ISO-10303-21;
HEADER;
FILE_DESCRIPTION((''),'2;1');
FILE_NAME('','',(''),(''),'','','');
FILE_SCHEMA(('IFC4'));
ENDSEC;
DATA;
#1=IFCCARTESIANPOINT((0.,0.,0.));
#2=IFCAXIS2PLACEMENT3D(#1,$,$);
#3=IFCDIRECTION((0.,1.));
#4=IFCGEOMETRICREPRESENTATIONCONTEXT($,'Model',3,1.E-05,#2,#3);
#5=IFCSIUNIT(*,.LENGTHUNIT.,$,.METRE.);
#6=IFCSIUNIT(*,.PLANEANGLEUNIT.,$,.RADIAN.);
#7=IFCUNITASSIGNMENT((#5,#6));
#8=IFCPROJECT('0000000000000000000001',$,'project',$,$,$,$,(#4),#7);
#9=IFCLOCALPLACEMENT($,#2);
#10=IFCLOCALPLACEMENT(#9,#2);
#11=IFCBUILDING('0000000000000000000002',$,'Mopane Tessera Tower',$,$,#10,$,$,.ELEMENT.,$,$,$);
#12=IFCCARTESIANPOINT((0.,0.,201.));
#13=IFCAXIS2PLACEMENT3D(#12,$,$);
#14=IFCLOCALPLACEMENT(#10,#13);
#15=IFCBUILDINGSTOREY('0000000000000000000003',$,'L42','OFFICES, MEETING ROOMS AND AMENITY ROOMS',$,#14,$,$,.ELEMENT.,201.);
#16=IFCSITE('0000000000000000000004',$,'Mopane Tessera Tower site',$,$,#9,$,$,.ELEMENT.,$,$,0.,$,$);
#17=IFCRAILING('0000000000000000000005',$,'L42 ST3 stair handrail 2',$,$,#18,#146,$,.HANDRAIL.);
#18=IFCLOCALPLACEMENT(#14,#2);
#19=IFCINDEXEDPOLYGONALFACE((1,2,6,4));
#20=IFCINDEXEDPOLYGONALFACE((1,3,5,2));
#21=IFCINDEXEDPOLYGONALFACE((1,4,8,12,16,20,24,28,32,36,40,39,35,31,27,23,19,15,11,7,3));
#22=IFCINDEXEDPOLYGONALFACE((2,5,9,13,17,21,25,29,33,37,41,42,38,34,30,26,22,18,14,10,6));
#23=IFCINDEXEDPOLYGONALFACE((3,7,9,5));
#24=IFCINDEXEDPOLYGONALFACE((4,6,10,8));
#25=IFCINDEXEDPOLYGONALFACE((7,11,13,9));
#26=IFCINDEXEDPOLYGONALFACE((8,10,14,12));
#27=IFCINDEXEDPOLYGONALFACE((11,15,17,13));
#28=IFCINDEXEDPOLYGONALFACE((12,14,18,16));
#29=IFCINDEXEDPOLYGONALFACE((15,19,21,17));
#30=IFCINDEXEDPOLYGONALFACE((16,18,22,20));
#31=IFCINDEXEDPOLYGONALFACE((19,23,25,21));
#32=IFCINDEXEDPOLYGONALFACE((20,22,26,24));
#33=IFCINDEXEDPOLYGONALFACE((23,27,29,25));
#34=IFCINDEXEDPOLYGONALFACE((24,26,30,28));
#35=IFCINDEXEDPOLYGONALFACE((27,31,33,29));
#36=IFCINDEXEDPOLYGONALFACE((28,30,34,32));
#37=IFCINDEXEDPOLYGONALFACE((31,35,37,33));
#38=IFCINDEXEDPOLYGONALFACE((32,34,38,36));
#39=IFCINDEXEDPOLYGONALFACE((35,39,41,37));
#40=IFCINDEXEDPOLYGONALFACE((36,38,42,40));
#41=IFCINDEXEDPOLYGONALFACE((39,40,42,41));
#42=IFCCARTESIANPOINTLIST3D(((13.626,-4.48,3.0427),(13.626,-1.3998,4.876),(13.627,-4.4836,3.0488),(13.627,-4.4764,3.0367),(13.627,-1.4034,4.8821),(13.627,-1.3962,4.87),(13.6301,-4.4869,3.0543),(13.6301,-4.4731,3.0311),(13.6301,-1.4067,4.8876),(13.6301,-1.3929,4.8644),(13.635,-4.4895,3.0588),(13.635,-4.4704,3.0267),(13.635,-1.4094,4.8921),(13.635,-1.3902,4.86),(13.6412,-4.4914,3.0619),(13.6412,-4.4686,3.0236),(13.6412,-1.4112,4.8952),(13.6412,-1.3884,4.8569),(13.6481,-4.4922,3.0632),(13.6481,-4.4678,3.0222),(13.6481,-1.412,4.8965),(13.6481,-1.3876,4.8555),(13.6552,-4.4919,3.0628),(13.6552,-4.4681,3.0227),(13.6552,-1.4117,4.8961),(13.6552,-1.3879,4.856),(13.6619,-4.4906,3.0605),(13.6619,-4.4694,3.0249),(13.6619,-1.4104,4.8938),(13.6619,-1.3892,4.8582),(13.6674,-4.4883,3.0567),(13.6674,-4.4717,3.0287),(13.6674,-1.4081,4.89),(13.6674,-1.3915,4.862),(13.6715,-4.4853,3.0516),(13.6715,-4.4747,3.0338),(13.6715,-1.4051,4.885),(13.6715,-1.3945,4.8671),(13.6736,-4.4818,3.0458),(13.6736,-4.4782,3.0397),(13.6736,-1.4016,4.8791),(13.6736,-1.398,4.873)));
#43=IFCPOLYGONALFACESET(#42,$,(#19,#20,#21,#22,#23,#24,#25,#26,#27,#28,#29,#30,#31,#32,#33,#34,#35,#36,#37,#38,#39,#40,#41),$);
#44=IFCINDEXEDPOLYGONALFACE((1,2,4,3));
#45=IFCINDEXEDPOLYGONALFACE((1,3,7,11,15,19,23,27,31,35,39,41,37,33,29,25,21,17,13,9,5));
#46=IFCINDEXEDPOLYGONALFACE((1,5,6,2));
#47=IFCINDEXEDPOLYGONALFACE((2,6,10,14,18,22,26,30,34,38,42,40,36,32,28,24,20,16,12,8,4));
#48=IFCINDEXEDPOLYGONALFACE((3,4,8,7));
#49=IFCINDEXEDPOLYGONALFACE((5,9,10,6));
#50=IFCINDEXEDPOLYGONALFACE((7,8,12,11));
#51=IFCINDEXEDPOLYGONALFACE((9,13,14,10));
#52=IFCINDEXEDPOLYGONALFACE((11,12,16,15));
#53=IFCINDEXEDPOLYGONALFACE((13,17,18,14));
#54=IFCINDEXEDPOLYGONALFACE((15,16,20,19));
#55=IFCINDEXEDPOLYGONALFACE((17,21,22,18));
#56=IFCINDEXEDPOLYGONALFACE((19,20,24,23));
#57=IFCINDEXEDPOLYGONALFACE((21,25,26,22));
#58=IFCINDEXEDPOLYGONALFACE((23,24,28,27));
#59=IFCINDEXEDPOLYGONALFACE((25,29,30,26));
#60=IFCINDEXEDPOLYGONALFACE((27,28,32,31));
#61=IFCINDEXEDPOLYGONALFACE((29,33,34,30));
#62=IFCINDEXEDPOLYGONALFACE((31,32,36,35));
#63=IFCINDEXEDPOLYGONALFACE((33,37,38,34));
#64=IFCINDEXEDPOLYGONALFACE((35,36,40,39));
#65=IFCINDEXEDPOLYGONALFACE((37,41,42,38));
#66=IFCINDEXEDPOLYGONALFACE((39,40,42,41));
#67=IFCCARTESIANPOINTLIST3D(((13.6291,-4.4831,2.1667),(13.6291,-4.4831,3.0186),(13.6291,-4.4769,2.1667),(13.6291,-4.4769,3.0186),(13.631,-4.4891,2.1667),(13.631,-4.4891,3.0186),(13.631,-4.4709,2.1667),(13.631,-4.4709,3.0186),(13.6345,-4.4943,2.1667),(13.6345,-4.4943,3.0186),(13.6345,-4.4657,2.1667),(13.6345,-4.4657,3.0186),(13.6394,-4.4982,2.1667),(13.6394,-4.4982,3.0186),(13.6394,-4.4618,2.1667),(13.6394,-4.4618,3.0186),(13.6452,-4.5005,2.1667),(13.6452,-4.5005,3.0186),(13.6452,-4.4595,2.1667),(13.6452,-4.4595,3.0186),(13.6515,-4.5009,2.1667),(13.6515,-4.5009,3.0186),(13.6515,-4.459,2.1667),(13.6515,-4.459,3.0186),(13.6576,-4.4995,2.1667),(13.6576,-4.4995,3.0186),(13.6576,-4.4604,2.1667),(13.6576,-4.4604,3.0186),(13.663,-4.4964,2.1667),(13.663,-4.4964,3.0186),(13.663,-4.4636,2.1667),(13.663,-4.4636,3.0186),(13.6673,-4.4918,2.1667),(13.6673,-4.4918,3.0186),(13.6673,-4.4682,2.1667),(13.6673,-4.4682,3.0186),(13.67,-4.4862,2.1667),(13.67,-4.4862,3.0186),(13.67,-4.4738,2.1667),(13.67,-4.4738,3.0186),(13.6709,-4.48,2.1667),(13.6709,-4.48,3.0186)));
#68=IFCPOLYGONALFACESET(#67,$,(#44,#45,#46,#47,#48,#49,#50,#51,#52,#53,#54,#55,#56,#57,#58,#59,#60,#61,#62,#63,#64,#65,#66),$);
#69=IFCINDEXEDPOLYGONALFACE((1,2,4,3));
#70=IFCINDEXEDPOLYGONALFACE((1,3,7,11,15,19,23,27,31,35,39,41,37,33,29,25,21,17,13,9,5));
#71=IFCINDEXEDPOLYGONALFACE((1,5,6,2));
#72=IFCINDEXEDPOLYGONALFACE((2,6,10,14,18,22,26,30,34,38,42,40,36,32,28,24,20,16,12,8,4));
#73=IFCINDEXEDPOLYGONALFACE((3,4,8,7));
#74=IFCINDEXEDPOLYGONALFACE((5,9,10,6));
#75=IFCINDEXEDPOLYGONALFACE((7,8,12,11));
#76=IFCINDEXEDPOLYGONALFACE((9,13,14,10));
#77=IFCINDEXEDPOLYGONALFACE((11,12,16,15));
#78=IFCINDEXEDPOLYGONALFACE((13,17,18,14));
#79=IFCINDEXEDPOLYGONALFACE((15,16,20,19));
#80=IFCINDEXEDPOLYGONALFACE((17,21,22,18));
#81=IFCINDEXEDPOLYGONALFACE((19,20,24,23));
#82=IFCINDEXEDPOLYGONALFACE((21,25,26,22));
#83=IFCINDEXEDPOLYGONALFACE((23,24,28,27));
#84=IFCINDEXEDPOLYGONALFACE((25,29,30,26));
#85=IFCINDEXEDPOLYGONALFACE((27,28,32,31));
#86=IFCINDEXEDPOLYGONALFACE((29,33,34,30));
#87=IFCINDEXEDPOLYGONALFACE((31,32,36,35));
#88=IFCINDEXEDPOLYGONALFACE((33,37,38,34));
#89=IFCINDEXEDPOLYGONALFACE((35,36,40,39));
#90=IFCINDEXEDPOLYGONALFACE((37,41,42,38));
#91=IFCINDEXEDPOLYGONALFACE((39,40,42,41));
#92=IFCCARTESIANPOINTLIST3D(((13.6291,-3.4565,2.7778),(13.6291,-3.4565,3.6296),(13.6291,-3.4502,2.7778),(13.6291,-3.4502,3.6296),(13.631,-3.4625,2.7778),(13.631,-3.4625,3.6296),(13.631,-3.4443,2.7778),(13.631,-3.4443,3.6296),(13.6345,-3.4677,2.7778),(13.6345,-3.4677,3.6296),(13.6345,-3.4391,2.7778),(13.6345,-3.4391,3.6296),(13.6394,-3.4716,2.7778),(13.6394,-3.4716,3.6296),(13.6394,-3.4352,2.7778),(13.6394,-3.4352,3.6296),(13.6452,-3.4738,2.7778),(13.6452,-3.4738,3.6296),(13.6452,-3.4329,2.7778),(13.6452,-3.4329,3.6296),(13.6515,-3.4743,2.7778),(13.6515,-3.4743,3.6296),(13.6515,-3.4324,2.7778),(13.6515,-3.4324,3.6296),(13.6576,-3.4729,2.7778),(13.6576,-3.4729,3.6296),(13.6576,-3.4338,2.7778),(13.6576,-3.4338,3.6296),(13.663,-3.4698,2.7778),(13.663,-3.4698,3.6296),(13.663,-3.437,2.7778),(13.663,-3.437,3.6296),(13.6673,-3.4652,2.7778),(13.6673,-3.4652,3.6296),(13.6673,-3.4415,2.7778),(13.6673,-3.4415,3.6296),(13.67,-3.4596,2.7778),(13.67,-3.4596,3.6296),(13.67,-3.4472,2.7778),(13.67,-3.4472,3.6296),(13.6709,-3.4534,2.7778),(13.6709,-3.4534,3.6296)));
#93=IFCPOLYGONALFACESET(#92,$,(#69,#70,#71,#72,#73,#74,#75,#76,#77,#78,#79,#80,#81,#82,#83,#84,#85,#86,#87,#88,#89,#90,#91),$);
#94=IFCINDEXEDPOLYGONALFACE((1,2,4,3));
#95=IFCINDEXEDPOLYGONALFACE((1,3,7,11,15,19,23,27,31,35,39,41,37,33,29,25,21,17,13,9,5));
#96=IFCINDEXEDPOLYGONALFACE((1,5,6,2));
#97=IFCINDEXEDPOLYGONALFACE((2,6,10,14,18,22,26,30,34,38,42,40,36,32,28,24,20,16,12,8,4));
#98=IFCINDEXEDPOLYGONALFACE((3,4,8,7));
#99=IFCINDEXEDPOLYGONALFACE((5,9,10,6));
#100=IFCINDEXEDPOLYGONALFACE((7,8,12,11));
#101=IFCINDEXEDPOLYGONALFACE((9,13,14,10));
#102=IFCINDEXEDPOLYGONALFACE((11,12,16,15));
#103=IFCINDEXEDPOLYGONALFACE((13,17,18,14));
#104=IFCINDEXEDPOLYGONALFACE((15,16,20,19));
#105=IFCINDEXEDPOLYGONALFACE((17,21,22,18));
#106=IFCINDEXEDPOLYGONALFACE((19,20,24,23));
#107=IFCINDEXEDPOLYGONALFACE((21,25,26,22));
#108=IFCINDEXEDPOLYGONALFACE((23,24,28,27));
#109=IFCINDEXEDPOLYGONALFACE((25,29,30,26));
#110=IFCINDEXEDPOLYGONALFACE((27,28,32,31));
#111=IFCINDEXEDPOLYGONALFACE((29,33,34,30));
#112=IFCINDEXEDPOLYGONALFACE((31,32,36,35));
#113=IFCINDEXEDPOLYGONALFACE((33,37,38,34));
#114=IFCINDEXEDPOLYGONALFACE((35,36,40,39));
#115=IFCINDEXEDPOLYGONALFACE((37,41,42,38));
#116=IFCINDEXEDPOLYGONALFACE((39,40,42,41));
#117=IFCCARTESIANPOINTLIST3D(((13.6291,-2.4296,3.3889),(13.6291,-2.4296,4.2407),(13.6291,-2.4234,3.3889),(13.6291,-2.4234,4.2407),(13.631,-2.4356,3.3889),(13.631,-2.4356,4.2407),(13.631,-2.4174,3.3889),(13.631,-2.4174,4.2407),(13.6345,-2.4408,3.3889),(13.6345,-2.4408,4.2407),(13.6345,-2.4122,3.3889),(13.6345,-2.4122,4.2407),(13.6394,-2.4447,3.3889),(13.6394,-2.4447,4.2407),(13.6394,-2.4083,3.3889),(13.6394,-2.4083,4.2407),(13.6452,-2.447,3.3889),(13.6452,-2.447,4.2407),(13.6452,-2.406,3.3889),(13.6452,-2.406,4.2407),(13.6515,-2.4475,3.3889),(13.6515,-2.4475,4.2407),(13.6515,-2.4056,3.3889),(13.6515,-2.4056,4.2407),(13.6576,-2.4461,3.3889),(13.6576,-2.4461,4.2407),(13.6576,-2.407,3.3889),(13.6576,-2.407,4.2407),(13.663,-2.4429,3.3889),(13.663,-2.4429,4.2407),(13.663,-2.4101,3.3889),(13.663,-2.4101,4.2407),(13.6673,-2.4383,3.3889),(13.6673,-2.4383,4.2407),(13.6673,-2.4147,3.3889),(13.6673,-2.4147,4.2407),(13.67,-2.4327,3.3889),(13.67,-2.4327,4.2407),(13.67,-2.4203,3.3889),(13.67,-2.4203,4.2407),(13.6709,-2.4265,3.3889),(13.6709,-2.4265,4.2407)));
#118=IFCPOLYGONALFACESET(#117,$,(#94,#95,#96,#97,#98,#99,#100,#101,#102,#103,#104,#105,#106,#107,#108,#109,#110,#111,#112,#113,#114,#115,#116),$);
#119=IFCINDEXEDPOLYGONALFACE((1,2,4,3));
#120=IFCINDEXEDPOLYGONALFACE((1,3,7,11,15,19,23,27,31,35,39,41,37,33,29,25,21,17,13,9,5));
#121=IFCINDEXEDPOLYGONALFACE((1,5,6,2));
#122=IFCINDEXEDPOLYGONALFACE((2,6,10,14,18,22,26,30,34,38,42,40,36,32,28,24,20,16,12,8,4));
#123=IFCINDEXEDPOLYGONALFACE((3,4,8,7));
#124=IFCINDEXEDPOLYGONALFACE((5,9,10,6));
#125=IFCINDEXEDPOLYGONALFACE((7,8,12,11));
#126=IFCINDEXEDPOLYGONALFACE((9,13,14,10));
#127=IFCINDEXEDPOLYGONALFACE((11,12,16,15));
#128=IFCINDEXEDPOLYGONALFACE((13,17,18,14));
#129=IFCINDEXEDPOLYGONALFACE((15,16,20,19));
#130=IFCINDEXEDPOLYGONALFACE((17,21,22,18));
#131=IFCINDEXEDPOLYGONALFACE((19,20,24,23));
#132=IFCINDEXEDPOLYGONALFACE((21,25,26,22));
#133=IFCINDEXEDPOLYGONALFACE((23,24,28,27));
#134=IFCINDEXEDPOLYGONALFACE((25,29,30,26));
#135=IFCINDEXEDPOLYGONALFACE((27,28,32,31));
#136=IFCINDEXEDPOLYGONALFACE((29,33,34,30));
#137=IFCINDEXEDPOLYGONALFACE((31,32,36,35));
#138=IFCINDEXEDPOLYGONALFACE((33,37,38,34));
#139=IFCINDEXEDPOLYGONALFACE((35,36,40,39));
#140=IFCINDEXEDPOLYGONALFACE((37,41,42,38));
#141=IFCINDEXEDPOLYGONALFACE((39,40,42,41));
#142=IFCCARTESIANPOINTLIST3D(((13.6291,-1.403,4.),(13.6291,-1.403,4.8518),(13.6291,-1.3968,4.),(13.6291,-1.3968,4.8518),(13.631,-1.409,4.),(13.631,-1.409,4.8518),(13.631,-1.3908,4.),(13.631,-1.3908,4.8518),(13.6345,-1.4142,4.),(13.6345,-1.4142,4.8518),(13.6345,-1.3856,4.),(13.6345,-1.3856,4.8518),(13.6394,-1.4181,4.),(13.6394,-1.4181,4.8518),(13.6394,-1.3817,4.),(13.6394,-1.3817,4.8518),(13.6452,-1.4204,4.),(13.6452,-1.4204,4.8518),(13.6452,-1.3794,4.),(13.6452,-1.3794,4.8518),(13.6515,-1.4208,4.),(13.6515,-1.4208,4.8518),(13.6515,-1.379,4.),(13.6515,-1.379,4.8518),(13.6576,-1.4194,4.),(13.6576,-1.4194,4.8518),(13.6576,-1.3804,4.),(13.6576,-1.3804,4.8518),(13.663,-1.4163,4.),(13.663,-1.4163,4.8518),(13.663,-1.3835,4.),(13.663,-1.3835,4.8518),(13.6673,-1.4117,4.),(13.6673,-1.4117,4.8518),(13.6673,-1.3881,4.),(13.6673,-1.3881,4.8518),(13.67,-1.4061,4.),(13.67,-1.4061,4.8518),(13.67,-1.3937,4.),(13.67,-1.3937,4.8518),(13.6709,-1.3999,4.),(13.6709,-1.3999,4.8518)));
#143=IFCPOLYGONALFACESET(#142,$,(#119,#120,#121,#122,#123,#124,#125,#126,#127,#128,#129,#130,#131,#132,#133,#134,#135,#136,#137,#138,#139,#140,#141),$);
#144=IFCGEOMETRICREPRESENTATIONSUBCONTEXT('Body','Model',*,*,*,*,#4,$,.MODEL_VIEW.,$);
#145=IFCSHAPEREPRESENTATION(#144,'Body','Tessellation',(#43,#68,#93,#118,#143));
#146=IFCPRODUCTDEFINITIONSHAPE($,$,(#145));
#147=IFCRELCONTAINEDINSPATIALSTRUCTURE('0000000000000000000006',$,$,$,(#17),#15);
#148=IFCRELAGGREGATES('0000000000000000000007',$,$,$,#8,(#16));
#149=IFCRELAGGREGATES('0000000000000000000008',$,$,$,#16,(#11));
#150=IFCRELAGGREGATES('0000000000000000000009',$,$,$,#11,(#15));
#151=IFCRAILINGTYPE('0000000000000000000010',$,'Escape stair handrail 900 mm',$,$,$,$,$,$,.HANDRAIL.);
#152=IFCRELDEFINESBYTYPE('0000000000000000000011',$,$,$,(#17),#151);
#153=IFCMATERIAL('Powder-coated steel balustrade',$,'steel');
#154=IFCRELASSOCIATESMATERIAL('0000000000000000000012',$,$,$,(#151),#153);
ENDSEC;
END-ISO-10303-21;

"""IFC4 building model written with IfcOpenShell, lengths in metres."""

from ifc_helpers import new_model, si_unit, direction, frame, origin, origin_2d, place, context, subcontext, project, spatial, circle, extrude, material, type_object, element, save


model = new_model("IFC4")

# Units and contexts
model_context = context("Model", 3, precision=1e-05, world=origin(), true_north=direction((0.0, 1.0)))
body_context = subcontext(model_context, "Body", "Model", "MODEL_VIEW")
ifc_project = project(units=[si_unit("LENGTHUNIT", "METRE"), si_unit("PLANEANGLEUNIT", "RADIAN")], contexts=[model_context])

# Site, building, storey
site_placement = place(None, origin())
site = spatial("IfcSite", under=ifc_project, at=site_placement, Name="Mopane Tessera Tower site", CompositionType="ELEMENT", RefElevation=0.0)
building_placement = place(site_placement, origin())
building = spatial("IfcBuilding", under=site, at=building_placement, Name="Mopane Tessera Tower", CompositionType="ELEMENT")
storey_placement = place(building_placement, frame((0.0, 0.0, 201.0)))
storey = spatial("IfcBuildingStorey", under=building, at=storey_placement, Name="L42", Description="OFFICES, MEETING ROOMS AND AMENITY ROOMS", CompositionType="ELEMENT", Elevation=201.0)

# Railing
ifc_material_1 = material(Name="Powder-coated steel balustrade", Category="steel")
railing_type_1 = type_object("IfcRailingType", Name="Escape stair handrail 900 mm", PredefinedType="HANDRAIL", material=ifc_material_1)
railing_1_placement = place(storey_placement, frame((13.6499, -4.48, 2.1667)))
element("IfcRailing", 1, at=railing_1_placement, inside=storey, type_object=railing_type_1, Name="L42 ST3 stair handrail 2", PredefinedType="HANDRAIL", context=body_context, shape_type="SweptSolid", body=[
    extrude(circle(Radius=0.0239, at=origin_2d()), frame((0.0, 0.0, 0.876), z_axis=(0.0, 0.859309, 0.511458), x_axis=(-1.0, 0.0, 0.0)), (0.0, 0.0, 1.0), 3.5845),
    extrude(circle(Radius=0.021, at=origin_2d()), origin(), (0.0, 0.0, 1.0), 0.8518),
    extrude(circle(Radius=0.021, at=origin_2d()), frame((0.0, 1.0266, 0.6111)), (0.0, 0.0, 1.0), 0.8518),
    extrude(circle(Radius=0.021, at=origin_2d()), frame((0.0, 2.0535, 1.2222)), (0.0, 0.0, 1.0), 0.8518),
    extrude(circle(Radius=0.021, at=origin_2d()), frame((0.0, 3.0801, 1.8333)), (0.0, 0.0, 1.0), 0.8518),
])

save(model, "model.ifc")
